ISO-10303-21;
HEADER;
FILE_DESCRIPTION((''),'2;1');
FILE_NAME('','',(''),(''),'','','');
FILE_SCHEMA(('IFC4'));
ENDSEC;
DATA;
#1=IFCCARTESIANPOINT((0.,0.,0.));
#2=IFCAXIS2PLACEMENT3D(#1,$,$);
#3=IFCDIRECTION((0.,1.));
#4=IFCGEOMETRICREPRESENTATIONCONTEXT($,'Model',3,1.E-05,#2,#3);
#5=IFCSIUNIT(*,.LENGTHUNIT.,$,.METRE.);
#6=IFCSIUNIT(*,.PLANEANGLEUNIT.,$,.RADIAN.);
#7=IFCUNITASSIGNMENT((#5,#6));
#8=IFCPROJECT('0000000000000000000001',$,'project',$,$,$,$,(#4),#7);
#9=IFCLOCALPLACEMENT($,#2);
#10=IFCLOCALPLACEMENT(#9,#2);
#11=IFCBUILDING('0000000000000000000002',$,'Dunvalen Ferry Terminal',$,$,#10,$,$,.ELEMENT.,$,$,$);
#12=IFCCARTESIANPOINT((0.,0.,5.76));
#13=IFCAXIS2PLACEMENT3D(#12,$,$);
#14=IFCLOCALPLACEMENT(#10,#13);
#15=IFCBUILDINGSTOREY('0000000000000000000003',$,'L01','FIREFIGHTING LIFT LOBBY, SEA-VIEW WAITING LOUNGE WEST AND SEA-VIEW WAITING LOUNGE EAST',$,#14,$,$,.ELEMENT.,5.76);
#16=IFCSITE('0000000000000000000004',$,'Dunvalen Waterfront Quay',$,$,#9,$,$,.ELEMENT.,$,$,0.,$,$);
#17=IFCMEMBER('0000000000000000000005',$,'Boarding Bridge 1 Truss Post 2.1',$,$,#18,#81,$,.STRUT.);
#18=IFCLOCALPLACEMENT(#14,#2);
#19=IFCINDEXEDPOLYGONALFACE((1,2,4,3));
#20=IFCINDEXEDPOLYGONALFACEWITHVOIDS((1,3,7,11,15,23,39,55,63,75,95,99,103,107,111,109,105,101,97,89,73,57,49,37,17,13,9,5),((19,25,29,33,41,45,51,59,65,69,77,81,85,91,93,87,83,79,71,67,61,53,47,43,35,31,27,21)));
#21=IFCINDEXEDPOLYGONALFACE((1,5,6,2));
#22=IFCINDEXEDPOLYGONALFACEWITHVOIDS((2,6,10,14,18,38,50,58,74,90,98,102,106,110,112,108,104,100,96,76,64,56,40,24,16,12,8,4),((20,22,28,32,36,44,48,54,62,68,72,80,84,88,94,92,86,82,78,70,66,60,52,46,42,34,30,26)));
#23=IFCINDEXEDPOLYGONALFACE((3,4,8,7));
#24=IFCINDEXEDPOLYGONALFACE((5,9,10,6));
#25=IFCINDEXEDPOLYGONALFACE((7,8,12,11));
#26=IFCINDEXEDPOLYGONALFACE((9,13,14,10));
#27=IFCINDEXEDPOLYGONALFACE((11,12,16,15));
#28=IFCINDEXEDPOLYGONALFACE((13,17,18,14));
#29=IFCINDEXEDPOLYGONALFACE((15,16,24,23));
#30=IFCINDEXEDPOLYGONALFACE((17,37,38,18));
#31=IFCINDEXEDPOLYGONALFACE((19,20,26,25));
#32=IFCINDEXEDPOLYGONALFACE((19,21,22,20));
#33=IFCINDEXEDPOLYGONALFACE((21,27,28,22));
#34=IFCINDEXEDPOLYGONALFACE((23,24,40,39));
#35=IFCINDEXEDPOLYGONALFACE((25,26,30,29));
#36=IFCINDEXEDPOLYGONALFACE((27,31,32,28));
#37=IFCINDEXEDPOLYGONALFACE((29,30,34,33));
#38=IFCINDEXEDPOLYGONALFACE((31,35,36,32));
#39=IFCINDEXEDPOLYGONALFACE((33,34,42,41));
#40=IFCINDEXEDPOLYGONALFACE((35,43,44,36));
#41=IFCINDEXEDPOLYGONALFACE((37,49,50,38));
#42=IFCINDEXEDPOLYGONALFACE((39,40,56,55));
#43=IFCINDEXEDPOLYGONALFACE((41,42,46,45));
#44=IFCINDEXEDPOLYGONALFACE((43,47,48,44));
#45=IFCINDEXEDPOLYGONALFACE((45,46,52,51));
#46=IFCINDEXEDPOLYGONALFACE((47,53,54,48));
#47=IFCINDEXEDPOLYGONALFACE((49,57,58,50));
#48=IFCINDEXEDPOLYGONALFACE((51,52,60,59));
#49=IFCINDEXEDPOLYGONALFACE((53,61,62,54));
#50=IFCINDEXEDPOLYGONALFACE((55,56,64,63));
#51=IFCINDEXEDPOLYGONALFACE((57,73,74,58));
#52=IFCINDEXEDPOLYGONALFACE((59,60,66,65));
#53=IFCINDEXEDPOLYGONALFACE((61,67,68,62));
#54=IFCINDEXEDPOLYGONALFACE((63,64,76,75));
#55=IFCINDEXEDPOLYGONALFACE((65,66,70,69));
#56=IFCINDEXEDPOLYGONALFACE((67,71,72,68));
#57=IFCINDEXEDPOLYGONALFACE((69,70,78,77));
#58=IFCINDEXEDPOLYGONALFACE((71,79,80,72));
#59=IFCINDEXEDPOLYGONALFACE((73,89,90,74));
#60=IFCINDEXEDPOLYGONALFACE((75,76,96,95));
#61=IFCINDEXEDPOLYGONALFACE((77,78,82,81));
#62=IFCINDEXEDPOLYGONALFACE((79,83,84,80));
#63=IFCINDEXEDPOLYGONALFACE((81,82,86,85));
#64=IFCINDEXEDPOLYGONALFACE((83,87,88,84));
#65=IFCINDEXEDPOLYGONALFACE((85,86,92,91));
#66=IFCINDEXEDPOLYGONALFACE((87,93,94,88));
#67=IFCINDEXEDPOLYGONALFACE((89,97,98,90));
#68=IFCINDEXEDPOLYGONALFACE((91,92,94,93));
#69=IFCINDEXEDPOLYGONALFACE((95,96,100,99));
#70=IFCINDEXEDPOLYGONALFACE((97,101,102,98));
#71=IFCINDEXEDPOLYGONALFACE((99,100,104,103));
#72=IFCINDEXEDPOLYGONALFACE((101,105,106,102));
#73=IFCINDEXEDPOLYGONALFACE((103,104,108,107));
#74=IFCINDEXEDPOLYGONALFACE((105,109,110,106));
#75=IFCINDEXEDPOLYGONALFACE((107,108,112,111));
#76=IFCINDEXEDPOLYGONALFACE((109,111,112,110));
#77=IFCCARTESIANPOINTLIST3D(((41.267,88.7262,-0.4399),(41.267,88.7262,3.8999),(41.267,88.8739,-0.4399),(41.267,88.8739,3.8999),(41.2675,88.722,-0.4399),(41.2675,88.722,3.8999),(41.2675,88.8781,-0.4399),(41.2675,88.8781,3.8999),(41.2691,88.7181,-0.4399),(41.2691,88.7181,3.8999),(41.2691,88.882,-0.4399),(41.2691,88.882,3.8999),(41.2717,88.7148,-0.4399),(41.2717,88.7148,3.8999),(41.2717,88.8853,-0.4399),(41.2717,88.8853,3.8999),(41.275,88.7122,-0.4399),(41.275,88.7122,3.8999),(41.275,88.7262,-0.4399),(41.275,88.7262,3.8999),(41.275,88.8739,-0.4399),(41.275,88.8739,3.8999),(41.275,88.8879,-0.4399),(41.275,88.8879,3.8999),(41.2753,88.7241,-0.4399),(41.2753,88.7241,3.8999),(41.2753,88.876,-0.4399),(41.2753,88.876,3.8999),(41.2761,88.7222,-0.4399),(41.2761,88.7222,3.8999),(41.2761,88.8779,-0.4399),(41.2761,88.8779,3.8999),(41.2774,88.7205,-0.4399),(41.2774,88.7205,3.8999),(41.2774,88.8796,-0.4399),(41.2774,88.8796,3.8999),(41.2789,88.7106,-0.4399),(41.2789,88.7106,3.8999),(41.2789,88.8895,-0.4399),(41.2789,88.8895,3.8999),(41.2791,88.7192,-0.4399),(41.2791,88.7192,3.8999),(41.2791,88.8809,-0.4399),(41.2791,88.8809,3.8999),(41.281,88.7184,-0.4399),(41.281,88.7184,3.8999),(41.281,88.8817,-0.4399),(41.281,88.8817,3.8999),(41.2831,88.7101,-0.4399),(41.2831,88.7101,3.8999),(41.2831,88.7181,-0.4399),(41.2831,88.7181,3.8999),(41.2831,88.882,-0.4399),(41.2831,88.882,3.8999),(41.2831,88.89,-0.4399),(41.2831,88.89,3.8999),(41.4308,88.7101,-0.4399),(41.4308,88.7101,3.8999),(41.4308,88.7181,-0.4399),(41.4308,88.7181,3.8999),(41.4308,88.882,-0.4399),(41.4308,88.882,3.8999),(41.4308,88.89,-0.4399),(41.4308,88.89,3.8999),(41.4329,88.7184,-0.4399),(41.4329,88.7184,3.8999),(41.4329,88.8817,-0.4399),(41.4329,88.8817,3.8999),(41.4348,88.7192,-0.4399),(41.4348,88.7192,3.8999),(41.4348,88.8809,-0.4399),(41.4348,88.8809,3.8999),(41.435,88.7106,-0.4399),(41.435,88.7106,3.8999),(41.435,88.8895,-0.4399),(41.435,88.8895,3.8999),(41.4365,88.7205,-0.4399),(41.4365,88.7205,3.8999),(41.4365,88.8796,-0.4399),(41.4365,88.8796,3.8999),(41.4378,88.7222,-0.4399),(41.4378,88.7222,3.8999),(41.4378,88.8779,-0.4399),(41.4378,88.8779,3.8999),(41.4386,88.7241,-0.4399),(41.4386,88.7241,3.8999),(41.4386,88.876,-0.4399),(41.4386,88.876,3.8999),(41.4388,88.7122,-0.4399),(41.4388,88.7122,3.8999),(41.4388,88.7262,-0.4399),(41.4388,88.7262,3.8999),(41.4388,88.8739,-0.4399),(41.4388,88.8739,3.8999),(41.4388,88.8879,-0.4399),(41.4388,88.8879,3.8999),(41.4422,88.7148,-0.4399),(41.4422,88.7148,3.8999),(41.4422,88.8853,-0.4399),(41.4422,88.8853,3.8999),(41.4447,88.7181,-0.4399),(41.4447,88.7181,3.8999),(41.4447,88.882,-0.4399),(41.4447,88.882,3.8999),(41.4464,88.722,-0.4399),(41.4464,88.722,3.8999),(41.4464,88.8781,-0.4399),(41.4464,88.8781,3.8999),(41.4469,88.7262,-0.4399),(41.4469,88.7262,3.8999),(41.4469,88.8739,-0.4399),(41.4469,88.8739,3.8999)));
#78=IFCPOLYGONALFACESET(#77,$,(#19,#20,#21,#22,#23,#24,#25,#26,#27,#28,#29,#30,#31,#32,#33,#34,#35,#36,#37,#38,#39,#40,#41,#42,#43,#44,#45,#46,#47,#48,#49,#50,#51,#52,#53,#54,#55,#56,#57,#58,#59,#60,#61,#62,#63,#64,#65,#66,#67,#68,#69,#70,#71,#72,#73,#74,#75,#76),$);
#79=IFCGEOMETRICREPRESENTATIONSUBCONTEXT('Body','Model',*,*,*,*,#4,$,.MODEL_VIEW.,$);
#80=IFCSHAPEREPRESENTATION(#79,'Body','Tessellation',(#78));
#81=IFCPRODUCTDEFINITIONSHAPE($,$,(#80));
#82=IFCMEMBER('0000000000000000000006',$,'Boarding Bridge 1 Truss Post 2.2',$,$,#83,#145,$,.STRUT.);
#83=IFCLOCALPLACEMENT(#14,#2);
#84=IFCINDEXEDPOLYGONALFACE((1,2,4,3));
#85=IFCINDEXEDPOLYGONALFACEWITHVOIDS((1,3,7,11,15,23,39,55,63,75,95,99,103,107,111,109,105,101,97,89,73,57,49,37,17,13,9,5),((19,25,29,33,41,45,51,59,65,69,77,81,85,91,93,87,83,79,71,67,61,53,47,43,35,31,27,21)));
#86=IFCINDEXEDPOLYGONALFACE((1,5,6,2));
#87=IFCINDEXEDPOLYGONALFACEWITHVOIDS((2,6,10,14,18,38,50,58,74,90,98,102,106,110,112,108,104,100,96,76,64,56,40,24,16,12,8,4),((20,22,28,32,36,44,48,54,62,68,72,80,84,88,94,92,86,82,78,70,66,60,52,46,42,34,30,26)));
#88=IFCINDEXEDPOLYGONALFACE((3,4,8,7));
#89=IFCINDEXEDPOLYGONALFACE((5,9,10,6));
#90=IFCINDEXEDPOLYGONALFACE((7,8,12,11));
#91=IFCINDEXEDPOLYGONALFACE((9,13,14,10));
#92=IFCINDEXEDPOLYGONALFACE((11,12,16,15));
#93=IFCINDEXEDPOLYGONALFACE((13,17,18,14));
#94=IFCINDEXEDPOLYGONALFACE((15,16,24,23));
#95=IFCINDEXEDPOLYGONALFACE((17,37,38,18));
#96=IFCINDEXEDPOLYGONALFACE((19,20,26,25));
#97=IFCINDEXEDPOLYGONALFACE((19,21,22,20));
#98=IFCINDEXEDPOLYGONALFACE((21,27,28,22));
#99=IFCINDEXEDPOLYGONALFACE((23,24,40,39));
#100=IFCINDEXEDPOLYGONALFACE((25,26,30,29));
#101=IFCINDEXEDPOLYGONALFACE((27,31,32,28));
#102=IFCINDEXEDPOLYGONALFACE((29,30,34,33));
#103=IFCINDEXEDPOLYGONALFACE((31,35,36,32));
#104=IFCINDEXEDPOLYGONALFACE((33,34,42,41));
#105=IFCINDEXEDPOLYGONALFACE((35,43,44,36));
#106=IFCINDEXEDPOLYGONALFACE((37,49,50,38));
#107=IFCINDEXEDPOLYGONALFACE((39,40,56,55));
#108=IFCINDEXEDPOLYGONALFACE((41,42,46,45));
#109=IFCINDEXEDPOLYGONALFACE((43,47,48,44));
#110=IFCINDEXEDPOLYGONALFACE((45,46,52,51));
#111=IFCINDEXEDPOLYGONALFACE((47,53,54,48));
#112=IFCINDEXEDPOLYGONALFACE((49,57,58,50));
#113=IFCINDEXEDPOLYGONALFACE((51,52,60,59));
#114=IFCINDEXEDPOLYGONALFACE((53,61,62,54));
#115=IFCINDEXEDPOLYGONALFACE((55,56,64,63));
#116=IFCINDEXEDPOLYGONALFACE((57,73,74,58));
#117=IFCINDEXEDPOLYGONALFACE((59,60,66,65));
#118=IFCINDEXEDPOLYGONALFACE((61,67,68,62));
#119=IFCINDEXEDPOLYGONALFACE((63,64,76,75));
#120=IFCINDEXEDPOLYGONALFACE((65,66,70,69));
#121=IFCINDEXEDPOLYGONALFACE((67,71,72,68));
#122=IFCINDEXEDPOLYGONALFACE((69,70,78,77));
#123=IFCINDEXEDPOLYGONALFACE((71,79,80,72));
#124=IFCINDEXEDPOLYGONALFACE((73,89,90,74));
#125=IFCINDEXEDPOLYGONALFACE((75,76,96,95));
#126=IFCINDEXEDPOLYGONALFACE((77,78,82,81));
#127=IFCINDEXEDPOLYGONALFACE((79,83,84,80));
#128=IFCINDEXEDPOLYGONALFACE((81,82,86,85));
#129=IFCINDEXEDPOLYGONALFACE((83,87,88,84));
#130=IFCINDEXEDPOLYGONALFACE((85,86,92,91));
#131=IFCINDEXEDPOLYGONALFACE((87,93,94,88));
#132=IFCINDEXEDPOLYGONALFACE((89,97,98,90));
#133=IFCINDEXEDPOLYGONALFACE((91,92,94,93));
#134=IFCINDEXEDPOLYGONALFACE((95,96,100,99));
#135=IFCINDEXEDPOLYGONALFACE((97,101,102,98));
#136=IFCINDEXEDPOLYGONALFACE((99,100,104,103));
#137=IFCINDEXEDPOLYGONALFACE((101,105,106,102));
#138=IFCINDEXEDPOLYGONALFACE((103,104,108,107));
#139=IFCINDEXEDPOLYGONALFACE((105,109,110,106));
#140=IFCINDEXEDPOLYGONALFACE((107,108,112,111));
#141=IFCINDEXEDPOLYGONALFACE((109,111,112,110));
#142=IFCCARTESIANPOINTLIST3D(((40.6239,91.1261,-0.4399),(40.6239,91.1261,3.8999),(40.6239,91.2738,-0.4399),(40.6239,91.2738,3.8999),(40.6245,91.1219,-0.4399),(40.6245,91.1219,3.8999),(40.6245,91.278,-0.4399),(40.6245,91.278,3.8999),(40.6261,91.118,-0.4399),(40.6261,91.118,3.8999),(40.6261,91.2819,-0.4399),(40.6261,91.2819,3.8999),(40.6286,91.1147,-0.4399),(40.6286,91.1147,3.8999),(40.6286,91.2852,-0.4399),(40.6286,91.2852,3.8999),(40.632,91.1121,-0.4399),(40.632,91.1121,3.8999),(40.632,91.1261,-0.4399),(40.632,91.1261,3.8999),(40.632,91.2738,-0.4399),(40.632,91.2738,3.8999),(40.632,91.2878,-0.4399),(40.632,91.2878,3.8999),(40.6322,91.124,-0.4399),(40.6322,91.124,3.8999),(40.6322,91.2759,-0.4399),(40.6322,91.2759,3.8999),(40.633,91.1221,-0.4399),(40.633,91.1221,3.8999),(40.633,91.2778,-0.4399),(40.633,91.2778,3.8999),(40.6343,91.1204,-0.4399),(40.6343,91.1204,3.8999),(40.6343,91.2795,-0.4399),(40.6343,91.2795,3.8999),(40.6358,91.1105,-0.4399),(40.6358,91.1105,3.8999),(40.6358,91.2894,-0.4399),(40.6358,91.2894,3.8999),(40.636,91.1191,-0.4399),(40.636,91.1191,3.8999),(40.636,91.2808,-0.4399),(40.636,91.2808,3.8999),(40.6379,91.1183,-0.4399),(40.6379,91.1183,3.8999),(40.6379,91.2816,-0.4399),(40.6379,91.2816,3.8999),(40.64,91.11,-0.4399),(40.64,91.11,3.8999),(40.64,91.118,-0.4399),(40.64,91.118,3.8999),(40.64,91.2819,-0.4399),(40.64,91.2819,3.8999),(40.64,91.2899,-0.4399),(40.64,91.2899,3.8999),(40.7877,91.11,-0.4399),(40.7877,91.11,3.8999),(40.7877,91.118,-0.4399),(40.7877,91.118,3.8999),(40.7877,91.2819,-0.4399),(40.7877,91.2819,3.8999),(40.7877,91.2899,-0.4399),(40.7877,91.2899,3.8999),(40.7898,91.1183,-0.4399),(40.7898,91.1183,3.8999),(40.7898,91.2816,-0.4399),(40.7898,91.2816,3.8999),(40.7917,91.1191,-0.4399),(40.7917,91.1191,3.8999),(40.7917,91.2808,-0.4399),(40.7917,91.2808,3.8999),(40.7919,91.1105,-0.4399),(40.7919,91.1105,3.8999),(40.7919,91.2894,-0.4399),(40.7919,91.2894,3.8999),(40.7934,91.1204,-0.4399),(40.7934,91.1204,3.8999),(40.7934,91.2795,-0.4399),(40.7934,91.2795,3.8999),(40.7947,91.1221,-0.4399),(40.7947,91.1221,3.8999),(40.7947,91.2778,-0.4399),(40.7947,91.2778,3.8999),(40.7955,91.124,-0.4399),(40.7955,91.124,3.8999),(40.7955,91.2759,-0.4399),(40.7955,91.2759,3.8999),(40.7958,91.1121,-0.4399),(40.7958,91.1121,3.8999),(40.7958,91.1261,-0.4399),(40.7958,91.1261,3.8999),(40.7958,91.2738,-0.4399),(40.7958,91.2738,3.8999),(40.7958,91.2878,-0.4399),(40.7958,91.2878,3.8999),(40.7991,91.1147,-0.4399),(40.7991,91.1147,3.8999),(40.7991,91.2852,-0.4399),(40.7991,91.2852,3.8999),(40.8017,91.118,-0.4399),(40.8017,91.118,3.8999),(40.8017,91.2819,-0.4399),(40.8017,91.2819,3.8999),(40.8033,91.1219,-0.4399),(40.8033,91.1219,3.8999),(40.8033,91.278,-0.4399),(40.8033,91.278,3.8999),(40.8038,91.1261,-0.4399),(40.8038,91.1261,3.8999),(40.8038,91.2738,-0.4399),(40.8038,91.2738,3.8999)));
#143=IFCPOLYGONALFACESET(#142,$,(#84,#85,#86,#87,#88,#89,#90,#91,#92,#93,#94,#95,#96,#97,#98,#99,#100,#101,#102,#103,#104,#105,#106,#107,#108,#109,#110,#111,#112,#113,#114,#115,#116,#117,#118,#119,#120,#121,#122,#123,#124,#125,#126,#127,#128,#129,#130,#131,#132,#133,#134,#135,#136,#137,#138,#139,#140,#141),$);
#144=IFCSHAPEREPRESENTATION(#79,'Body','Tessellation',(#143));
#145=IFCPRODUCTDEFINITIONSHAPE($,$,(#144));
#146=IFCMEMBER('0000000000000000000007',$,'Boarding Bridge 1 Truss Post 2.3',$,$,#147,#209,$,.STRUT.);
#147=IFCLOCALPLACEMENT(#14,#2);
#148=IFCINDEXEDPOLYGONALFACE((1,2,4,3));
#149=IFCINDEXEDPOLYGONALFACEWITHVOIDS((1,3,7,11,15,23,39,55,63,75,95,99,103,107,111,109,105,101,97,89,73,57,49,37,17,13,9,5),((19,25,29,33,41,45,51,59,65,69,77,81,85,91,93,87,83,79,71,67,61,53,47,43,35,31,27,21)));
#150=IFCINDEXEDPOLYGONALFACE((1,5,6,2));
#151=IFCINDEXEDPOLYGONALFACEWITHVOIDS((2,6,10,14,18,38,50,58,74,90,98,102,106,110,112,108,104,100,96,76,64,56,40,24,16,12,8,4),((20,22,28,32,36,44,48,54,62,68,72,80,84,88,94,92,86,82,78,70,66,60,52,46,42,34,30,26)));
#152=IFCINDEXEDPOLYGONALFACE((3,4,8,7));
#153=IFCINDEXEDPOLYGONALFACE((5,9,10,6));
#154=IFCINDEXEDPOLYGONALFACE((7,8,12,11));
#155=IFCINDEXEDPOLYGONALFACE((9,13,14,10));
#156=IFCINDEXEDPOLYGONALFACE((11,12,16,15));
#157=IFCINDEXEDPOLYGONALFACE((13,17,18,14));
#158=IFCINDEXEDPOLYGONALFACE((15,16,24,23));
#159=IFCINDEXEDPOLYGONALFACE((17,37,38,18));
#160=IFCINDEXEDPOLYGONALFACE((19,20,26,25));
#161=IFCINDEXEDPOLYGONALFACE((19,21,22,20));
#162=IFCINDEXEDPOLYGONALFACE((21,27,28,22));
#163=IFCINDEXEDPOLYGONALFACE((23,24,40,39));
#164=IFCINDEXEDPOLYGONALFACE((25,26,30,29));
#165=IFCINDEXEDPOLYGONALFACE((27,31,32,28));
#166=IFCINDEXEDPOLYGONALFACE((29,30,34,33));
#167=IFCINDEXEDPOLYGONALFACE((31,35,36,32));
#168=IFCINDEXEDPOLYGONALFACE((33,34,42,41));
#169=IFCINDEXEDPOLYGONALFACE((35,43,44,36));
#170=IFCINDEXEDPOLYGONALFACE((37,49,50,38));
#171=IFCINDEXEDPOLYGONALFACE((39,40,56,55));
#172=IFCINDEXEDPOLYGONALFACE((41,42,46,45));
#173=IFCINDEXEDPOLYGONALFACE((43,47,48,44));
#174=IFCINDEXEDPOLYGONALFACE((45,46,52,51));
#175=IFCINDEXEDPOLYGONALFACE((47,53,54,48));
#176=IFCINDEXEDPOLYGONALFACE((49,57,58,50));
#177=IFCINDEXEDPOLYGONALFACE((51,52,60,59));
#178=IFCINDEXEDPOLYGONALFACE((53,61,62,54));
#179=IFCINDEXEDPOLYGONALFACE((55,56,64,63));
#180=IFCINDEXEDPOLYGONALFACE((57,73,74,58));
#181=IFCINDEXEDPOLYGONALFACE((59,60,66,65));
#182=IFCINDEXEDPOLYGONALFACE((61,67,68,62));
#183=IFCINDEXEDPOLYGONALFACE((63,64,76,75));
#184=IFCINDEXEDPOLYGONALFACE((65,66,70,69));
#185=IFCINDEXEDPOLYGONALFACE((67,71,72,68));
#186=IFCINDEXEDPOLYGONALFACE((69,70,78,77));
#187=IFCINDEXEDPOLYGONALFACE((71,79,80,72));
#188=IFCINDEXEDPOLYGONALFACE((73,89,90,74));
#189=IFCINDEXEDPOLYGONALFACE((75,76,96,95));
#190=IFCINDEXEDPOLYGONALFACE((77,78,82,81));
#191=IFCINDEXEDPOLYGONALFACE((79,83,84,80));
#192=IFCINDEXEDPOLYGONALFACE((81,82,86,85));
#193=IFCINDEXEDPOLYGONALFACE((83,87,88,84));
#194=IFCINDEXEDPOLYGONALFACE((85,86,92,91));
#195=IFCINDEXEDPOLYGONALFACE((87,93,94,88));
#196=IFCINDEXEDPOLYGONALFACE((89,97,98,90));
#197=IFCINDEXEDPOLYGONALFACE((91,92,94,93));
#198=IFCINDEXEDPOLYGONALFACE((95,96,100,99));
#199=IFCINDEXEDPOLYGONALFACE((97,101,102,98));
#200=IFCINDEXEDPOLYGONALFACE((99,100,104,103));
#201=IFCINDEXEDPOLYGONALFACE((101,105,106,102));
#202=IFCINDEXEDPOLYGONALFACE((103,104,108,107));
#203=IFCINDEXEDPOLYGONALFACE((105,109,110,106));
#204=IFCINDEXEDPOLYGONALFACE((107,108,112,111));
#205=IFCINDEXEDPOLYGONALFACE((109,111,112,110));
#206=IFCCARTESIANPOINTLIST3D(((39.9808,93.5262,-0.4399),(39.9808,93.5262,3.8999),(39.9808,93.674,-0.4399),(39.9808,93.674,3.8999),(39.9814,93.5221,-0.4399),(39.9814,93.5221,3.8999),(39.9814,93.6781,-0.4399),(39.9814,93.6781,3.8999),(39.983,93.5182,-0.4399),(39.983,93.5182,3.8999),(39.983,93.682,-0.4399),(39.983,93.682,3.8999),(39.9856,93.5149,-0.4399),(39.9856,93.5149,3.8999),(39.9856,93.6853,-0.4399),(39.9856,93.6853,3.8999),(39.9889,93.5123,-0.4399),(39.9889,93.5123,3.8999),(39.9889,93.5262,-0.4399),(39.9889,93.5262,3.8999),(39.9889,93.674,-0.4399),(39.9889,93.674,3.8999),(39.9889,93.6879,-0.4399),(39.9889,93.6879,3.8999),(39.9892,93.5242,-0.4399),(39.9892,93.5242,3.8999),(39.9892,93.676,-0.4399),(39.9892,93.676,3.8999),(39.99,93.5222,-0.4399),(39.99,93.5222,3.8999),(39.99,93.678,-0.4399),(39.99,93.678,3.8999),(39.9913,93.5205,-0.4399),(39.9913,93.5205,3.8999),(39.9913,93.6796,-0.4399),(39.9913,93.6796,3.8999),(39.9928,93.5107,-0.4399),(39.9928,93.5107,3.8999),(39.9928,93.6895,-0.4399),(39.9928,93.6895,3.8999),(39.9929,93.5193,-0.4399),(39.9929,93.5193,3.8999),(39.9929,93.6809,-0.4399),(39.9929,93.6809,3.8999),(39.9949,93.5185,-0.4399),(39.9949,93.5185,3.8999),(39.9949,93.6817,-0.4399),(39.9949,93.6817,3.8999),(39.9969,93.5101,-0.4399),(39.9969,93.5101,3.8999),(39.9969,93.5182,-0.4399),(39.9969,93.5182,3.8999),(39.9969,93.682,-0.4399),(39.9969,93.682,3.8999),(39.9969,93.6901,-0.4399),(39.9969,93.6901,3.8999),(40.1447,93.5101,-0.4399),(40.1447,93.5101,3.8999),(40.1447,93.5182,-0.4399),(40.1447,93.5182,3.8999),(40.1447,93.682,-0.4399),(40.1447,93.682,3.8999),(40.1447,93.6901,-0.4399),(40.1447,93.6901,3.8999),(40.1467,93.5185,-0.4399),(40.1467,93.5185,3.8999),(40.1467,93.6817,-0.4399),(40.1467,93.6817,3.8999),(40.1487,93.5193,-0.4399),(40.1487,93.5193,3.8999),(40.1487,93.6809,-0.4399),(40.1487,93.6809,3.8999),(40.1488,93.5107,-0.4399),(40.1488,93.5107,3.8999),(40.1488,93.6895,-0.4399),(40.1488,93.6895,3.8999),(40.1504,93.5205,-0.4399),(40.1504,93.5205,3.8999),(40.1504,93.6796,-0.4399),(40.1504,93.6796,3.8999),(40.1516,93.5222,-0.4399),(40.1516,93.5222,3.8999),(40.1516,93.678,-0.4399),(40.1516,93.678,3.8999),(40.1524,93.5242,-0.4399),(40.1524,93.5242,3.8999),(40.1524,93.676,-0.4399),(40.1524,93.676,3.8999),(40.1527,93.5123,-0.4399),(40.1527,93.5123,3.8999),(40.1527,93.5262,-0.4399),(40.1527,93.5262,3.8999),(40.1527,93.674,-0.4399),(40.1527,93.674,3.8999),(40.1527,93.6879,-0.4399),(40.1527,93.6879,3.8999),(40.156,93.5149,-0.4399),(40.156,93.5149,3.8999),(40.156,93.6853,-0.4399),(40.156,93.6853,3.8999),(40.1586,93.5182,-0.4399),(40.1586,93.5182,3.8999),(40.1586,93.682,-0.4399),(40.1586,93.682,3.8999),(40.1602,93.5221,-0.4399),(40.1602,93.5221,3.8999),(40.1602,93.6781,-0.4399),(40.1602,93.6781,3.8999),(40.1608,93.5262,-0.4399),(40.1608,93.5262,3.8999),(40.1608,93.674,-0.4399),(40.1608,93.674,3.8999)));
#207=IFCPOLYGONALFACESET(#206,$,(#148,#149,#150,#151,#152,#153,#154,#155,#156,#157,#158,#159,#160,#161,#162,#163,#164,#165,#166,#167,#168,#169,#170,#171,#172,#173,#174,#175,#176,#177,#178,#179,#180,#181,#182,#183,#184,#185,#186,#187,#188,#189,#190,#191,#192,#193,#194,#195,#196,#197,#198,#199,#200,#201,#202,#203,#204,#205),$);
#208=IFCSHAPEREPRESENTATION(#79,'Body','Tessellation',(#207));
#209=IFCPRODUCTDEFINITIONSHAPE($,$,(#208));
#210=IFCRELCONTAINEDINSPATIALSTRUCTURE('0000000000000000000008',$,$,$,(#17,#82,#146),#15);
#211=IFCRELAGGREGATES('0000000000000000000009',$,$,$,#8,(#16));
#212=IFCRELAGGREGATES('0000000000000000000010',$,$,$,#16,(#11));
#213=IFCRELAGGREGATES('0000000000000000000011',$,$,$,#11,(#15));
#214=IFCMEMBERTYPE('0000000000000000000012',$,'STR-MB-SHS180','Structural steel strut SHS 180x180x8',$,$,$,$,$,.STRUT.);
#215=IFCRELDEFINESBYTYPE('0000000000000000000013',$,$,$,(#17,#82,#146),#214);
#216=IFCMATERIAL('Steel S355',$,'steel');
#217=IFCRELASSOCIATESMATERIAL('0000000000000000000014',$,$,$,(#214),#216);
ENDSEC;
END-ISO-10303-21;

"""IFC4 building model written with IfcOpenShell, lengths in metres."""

from ifc_helpers import new_model, si_unit, direction, frame, origin, origin_2d, place, context, subcontext, project, spatial, hollow_rectangle, extrude, material, material_profile, profile_set, type_object, element, save


model = new_model("IFC4")

# Units and contexts
model_context = context("Model", 3, precision=1e-05, world=origin(), true_north=direction((0.0, 1.0)))
body_context = subcontext(model_context, "Body", "Model", "MODEL_VIEW")
ifc_project = project(units=[si_unit("LENGTHUNIT", "METRE"), si_unit("PLANEANGLEUNIT", "RADIAN")], contexts=[model_context])

# Site, building, storey
site_placement = place(None, origin())
site = spatial("IfcSite", under=ifc_project, at=site_placement, Name="Dunvalen Waterfront Quay", CompositionType="ELEMENT", RefElevation=0.0)
building_placement = place(site_placement, origin())
building = spatial("IfcBuilding", under=site, at=building_placement, Name="Dunvalen Ferry Terminal", CompositionType="ELEMENT")
storey_placement = place(building_placement, frame((0.0, 0.0, 5.76)))
storey = spatial("IfcBuildingStorey", under=building, at=storey_placement, Name="L01", Description="FIREFIGHTING LIFT LOBBY, SEA-VIEW WAITING LOUNGE WEST AND SEA-VIEW WAITING LOUNGE EAST", CompositionType="ELEMENT", Elevation=5.76)

# Members
ifc_material_1 = material(Name="Steel S355", Category="steel")
ifc_material_profile_1 = material_profile(ifc_material_1, hollow_rectangle(XDim=0.1799, YDim=0.1799, WallThickness=0.0081, InnerFilletRadius=0.0081, OuterFilletRadius=0.0161, at=origin_2d()), Name="Steel S355")
ifc_profile_set_1 = profile_set([ifc_material_profile_1], Name="Steel S355")
member_type_1 = type_object("IfcMemberType", Name="STR-MB-SHS180", Description="Structural steel strut SHS 180x180x8", PredefinedType="STRUT", material=ifc_profile_set_1)
for number, where, z_axis, x_axis, name in (
    (1, (41.3569, 88.8, -0.4399), (0.0, 0.0, 1.0), (1.0, 0.0, 0.0), "Boarding Bridge 1 Truss Post 2.1"),
    (2, (40.7139, 91.2, -0.4399), (0.0, 0.0, 1.0), (1.0, 0.0, 0.0), "Boarding Bridge 1 Truss Post 2.2"),
    (3, (40.0708, 93.6001, -0.4399), (0.0, 0.0, 1.0), (1.0, 0.0, 0.0), "Boarding Bridge 1 Truss Post 2.3"),
):
    element("IfcMember", number, at=place(storey_placement, frame(where, z_axis=z_axis, x_axis=x_axis)), inside=storey, type_object=member_type_1, Name=name, PredefinedType="STRUT", context=body_context, shape_type="SweptSolid", body=[
        extrude(hollow_rectangle(XDim=0.1799, YDim=0.1799, WallThickness=0.0081, InnerFilletRadius=0.0081, OuterFilletRadius=0.0161, at=origin_2d()), origin(), (0.0, 0.0, 1.0), 4.3398),
    ])

save(model, "model.ifc")
